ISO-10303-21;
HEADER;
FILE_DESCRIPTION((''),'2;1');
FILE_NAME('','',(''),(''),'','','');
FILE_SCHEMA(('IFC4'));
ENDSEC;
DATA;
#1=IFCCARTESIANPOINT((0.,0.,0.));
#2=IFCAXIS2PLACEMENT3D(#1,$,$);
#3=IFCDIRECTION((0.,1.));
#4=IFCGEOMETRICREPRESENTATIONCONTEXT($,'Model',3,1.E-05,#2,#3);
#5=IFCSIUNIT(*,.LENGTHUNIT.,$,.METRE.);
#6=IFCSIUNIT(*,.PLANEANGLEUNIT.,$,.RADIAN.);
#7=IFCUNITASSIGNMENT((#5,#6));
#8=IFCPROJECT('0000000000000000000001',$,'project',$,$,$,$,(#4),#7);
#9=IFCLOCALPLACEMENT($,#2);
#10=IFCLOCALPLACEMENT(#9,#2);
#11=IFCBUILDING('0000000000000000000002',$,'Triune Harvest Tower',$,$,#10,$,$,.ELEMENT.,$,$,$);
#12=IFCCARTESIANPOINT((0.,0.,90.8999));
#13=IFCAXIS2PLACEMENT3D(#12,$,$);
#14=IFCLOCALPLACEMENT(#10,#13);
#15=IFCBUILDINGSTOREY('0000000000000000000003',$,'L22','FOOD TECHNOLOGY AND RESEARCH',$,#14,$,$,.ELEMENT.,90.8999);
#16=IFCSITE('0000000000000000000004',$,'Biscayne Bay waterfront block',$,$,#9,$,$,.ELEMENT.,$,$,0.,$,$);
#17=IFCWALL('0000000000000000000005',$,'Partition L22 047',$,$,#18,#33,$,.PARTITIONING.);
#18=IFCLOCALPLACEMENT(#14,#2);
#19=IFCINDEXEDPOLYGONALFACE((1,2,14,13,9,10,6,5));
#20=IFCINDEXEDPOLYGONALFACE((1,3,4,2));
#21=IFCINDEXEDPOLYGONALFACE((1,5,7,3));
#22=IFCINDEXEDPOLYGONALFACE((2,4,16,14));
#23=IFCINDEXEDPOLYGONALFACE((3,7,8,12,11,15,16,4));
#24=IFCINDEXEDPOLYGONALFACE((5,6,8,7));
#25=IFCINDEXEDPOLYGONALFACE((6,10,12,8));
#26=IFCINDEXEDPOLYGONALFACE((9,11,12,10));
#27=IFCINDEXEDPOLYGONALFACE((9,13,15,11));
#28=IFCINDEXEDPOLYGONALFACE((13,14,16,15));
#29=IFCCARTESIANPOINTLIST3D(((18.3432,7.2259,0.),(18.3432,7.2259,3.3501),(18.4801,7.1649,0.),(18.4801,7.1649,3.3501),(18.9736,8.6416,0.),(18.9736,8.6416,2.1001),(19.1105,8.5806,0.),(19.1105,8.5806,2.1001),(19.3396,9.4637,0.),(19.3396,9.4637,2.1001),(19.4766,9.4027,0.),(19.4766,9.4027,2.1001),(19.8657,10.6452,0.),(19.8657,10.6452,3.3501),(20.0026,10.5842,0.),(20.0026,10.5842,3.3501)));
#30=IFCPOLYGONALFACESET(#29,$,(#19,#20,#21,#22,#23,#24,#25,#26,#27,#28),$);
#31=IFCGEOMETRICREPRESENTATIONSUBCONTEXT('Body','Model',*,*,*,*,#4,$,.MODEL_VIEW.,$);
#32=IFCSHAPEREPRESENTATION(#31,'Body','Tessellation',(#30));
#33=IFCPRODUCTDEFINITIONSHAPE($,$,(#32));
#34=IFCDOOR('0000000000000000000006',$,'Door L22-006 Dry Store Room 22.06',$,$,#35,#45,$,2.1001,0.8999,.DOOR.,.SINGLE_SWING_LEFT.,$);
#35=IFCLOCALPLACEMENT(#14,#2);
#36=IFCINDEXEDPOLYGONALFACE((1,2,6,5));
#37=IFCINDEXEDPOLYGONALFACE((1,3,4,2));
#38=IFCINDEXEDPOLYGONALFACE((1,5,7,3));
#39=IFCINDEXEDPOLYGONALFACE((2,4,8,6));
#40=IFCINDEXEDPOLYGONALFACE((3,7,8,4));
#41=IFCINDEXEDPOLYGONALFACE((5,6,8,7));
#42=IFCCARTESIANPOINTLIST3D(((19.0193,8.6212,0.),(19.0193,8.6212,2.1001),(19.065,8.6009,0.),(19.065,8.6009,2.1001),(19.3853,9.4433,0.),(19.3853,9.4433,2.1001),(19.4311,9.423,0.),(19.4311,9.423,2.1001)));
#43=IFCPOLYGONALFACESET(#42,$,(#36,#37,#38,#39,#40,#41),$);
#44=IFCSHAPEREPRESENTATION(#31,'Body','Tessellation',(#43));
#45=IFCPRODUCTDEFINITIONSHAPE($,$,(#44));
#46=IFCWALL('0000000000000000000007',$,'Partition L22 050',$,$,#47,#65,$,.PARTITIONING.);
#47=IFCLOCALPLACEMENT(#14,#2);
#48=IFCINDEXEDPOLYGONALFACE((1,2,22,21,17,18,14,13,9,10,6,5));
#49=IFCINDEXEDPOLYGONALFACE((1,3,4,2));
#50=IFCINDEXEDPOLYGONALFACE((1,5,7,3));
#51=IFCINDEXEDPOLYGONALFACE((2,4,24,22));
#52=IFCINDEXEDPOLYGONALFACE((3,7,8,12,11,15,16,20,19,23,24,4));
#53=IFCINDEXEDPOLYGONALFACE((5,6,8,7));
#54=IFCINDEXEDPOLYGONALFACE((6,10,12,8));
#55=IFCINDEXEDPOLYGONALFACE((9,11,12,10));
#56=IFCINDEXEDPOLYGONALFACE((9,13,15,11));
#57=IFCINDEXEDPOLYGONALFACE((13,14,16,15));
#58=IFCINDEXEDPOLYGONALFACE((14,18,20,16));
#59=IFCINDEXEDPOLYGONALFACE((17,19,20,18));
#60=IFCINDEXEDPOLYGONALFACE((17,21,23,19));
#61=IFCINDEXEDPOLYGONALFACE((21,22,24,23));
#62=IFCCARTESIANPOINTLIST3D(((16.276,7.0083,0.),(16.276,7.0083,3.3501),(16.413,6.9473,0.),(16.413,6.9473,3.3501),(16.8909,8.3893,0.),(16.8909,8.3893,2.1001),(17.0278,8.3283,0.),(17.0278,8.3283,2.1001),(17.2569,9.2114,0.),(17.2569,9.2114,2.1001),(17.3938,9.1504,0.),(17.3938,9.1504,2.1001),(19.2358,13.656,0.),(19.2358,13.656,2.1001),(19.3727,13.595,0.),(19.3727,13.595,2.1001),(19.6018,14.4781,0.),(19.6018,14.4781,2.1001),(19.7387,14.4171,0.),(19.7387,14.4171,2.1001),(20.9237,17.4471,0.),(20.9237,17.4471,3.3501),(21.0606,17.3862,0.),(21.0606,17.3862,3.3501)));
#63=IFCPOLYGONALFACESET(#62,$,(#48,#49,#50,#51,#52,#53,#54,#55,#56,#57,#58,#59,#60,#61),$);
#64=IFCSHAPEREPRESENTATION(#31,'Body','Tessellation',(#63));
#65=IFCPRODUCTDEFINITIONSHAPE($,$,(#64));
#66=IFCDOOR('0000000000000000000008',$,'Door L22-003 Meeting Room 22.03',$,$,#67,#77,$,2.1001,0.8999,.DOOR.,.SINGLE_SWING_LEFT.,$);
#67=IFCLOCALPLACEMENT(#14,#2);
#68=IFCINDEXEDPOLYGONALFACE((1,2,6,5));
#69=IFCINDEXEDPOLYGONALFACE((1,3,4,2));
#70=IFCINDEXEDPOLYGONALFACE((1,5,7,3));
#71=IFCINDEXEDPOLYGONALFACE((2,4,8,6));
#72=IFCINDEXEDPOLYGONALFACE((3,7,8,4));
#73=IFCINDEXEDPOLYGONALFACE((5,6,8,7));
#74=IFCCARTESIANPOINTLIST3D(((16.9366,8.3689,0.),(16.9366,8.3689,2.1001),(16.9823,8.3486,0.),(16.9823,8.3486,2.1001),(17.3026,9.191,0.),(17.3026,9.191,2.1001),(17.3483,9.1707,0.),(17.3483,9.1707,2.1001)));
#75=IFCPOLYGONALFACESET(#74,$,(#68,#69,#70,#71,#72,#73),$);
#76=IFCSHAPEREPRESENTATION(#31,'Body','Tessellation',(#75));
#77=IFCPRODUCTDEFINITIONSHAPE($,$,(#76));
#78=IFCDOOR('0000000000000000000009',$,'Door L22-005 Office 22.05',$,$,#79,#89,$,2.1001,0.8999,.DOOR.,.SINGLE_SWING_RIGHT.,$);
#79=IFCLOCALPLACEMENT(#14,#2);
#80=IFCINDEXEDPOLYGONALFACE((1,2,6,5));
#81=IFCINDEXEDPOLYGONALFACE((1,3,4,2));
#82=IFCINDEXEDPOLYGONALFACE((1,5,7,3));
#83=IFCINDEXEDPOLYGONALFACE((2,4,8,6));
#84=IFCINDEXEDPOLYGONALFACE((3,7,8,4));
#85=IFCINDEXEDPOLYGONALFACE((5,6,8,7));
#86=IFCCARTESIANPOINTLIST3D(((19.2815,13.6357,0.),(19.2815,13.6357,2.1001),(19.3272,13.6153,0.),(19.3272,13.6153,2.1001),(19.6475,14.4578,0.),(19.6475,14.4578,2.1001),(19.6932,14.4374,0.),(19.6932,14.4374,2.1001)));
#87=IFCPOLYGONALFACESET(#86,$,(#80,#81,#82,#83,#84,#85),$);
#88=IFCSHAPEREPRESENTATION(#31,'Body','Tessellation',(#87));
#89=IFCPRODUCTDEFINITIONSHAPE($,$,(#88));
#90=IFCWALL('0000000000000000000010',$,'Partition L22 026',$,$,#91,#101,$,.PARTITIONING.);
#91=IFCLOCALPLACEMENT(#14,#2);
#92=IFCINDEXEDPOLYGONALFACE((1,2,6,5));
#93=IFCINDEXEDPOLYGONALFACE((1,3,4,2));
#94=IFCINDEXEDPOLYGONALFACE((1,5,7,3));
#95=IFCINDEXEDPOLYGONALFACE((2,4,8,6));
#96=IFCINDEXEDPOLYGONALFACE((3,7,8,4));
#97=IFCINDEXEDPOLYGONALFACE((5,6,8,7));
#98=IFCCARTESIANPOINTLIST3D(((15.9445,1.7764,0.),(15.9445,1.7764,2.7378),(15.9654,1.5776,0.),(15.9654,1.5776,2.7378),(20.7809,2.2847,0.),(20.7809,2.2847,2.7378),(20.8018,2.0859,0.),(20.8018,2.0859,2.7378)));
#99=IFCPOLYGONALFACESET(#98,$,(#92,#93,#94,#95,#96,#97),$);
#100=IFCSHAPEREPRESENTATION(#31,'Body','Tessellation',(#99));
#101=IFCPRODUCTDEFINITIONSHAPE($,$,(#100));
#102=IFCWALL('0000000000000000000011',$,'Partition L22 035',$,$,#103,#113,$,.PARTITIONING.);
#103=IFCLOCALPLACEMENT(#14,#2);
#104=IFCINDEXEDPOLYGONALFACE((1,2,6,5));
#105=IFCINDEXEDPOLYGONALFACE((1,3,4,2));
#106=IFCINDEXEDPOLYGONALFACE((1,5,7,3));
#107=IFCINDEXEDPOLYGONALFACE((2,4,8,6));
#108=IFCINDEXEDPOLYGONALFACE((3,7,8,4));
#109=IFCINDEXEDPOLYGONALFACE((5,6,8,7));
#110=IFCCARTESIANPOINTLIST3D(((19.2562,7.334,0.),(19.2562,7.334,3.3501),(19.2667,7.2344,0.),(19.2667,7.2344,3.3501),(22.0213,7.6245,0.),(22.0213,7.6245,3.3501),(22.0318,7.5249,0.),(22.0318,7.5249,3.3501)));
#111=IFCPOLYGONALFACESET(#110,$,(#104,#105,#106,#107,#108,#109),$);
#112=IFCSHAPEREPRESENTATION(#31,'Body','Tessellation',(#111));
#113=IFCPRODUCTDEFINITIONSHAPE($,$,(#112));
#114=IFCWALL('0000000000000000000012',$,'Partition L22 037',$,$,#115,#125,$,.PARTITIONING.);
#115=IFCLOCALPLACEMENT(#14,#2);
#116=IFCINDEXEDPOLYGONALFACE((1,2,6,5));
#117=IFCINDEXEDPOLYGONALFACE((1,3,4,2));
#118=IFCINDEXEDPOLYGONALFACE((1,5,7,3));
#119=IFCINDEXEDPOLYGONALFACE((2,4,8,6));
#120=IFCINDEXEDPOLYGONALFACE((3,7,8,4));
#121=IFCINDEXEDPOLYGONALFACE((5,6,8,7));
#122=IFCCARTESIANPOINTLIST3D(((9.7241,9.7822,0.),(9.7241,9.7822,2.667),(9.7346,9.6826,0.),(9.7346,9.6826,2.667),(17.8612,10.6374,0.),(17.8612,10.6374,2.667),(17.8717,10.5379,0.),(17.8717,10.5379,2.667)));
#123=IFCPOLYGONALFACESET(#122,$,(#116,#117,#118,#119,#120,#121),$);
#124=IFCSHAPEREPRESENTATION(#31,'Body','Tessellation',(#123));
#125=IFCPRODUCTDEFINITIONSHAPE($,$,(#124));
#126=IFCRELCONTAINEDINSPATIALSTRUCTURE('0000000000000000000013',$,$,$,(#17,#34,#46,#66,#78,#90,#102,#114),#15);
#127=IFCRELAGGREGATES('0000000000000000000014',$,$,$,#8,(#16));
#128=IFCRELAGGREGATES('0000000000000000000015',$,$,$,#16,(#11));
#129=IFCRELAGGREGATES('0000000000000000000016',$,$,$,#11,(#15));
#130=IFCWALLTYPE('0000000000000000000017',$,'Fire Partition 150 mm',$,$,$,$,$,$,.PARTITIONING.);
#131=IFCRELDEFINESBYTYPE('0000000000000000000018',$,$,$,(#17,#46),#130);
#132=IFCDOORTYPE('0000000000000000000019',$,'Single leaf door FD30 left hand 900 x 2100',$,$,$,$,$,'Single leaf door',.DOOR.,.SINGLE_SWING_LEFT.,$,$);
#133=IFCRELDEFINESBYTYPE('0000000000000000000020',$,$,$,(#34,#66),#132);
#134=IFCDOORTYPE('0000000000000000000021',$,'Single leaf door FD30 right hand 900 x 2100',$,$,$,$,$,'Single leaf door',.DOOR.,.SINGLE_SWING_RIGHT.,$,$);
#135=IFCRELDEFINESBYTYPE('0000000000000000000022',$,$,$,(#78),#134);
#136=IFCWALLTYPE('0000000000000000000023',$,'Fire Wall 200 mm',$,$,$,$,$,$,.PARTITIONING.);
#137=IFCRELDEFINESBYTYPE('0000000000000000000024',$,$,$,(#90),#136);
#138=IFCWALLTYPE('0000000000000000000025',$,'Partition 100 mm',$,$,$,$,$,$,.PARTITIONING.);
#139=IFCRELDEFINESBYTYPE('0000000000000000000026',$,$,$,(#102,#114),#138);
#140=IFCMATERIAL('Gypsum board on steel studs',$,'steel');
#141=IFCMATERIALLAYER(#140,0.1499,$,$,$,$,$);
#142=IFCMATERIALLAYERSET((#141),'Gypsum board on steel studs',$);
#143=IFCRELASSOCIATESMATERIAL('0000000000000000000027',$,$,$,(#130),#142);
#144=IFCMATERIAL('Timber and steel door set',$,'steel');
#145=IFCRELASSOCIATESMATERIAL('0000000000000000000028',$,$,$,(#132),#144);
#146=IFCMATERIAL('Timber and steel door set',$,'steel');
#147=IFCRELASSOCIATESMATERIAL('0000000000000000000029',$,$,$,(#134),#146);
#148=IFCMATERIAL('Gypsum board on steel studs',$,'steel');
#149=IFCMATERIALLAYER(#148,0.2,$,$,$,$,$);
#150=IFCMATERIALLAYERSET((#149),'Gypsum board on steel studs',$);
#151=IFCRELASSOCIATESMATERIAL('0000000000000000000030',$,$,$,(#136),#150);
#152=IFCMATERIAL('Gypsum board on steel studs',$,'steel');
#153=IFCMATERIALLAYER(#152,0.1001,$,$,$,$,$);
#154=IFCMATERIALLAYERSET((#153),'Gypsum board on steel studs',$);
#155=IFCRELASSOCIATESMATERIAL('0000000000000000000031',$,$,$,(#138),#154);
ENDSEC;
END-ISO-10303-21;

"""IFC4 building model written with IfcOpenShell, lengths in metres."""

from ifc_helpers import new_model, si_unit, direction, frame, frame_2d, origin, place, context, subcontext, project, spatial, rectangle, extrude, material, layer, layer_set, type_object, element, fill, save


model = new_model("IFC4")

# Units and contexts
model_context = context("Model", 3, precision=1e-05, world=origin(), true_north=direction((0.0, 1.0)))
body_context = subcontext(model_context, "Body", "Model", "MODEL_VIEW")
ifc_project = project(units=[si_unit("LENGTHUNIT", "METRE"), si_unit("PLANEANGLEUNIT", "RADIAN")], contexts=[model_context])

# Site, building, storey
site_placement = place(None, origin())
site = spatial("IfcSite", under=ifc_project, at=site_placement, Name="Biscayne Bay waterfront block", CompositionType="ELEMENT", RefElevation=0.0)
building_placement = place(site_placement, origin())
building = spatial("IfcBuilding", under=site, at=building_placement, Name="Triune Harvest Tower", CompositionType="ELEMENT")
storey_placement = place(building_placement, frame((0.0, 0.0, 90.8999)))
storey = spatial("IfcBuildingStorey", under=building, at=storey_placement, Name="L22", Description="FOOD TECHNOLOGY AND RESEARCH", CompositionType="ELEMENT", Elevation=90.8999)

# Shared definitions
ifc_material_1 = material(Name="Gypsum board on steel studs", Category="steel")
ifc_layer_1 = layer(ifc_material_1, 0.1499)
ifc_layer_set_1 = layer_set([ifc_layer_1], Name="Gypsum board on steel studs")
wall_type_1 = type_object("IfcWallType", Name="Fire Partition 150 mm", PredefinedType="PARTITIONING", material=ifc_layer_set_1)

# Wall, opening, door
ifc_material_2 = material(Name="Timber and steel door set", Category="steel")
door_type_1 = type_object("IfcDoorType", Name="Single leaf door FD30 left hand 900 x 2100", ElementType="Single leaf door", OperationType="SINGLE_SWING_LEFT", PredefinedType="DOOR", material=ifc_material_2)
wall_1_placement = place(storey_placement, frame((18.4116, 7.1953, 0.0), z_axis=(0.0, 0.0, 1.0), x_axis=(0.406768, 0.913532, 0.0)))
wall_1 = element("IfcWall", 1, at=wall_1_placement, inside=storey, type_object=wall_type_1, Name="Partition L22 047", PredefinedType="PARTITIONING", context=body_context, shape_type="SweptSolid", body=[
    extrude(rectangle(XDim=3.7429, YDim=0.1499, at=frame_2d((1.8716, 0.0))), origin(), (0.0, 0.0, 1.0), 3.3501),
])
opening_1_placement = place(wall_1_placement, frame((1.5498, 0.0, 0.0)))
opening_1 = element("IfcOpeningElement", 2, at=opening_1_placement, cuts=wall_1, PredefinedType="OPENING", context=body_context, shape_type="SweptSolid", body=[
    extrude(rectangle(XDim=0.8999, YDim=2.1001, at=frame_2d((0.45, 1.05))), frame((0.0, 0.085, 0.0), z_axis=(0.0, -1.0, 0.0), x_axis=(1.0, 0.0, 0.0)), (0.0, 0.0, 1.0), 0.1699),
])
door_1_placement = place(opening_1_placement, origin())
door_1 = element("IfcDoor", 3, at=door_1_placement, inside=storey, type_object=door_type_1, Name="Door L22-006 Dry Store Room 22.06", OperationType="SINGLE_SWING_LEFT", OverallHeight=2.1001, OverallWidth=0.8999, PredefinedType="DOOR", context=body_context, shape_type="SweptSolid", body=[
    extrude(rectangle(XDim=0.8999, YDim=2.1001, at=frame_2d((0.45, 1.05))), frame((0.0, 0.0249, 0.0), z_axis=(0.0, -1.0, 0.0), x_axis=(1.0, 0.0, 0.0)), (0.0, 0.0, 1.0), 0.05),
])
fill(opening_1, door_1)

# Wall, openings, doors
wall_2_placement = place(storey_placement, frame((16.3445, 6.9778, 0.0), z_axis=(0.0, 0.0, 1.0), x_axis=(0.406735, 0.913546, 0.0)))
wall_2 = element("IfcWall", 4, at=wall_2_placement, inside=storey, type_object=wall_type_1, Name="Partition L22 050", PredefinedType="PARTITIONING", context=body_context, shape_type="SweptSolid", body=[
    extrude(rectangle(XDim=11.4268, YDim=0.1499, at=frame_2d((5.7134, 0.0))), origin(), (0.0, 0.0, 1.0), 3.3501),
])
opening_2_placement = place(wall_2_placement, frame((1.5117, 0.0, 0.0)))
opening_2 = element("IfcOpeningElement", 5, at=opening_2_placement, cuts=wall_2, PredefinedType="OPENING", context=body_context, shape_type="SweptSolid", body=[
    extrude(rectangle(XDim=0.8999, YDim=2.1001, at=frame_2d((0.45, 1.05))), frame((0.0, 0.085, 0.0), z_axis=(0.0, -1.0, 0.0), x_axis=(1.0, 0.0, 0.0)), (0.0, 0.0, 1.0), 0.1699),
])
opening_3_placement = place(wall_2_placement, frame((7.2769, 0.0, 0.0)))
opening_3 = element("IfcOpeningElement", 6, at=opening_3_placement, cuts=wall_2, PredefinedType="OPENING", context=body_context, shape_type="SweptSolid", body=[
    extrude(rectangle(XDim=0.8999, YDim=2.1001, at=frame_2d((0.45, 1.05))), frame((0.0, 0.085, 0.0), z_axis=(0.0, -1.0, 0.0), x_axis=(1.0, 0.0, 0.0)), (0.0, 0.0, 1.0), 0.1699),
])
door_2_placement = place(opening_2_placement, origin())
door_2 = element("IfcDoor", 7, at=door_2_placement, inside=storey, type_object=door_type_1, Name="Door L22-003 Meeting Room 22.03", OperationType="SINGLE_SWING_LEFT", OverallHeight=2.1001, OverallWidth=0.8999, PredefinedType="DOOR", context=body_context, shape_type="SweptSolid", body=[
    extrude(rectangle(XDim=0.8999, YDim=2.1001, at=frame_2d((0.45, 1.05))), frame((0.0, 0.0249, 0.0), z_axis=(0.0, -1.0, 0.0), x_axis=(1.0, 0.0, 0.0)), (0.0, 0.0, 1.0), 0.05),
])
fill(opening_2, door_2)
ifc_material_3 = material(Name="Timber and steel door set", Category="steel")
door_type_2 = type_object("IfcDoorType", Name="Single leaf door FD30 right hand 900 x 2100", ElementType="Single leaf door", OperationType="SINGLE_SWING_RIGHT", PredefinedType="DOOR", material=ifc_material_3)
door_3_placement = place(opening_3_placement, origin())
door_3 = element("IfcDoor", 8, at=door_3_placement, inside=storey, type_object=door_type_2, Name="Door L22-005 Office 22.05", OperationType="SINGLE_SWING_RIGHT", OverallHeight=2.1001, OverallWidth=0.8999, PredefinedType="DOOR", context=body_context, shape_type="SweptSolid", body=[
    extrude(rectangle(XDim=0.8999, YDim=2.1001, at=frame_2d((0.45, 1.05))), frame((0.0, 0.0249, 0.0), z_axis=(0.0, -1.0, 0.0), x_axis=(1.0, 0.0, 0.0)), (0.0, 0.0, 1.0), 0.05),
])
fill(opening_3, door_3)

# Walls
ifc_material_4 = material(Name="Gypsum board on steel studs", Category="steel")
ifc_layer_2 = layer(ifc_material_4, 0.2)
ifc_layer_set_2 = layer_set([ifc_layer_2], Name="Gypsum board on steel studs")
wall_type_2 = type_object("IfcWallType", Name="Fire Wall 200 mm", PredefinedType="PARTITIONING", material=ifc_layer_set_2)
wall_3_placement = place(storey_placement, frame((15.9548, 1.677, 0.0), z_axis=(0.0, 0.0, 1.0), x_axis=(0.994522, 0.104523, 0.0)))
element("IfcWall", 9, at=wall_3_placement, inside=storey, type_object=wall_type_2, Name="Partition L22 026", PredefinedType="PARTITIONING", context=body_context, shape_type="SweptSolid", body=[
    extrude(rectangle(XDim=4.863, YDim=0.2, at=frame_2d((2.4316, 0.0))), origin(), (0.0, 0.0, 1.0), 2.7378),
])
ifc_material_5 = material(Name="Gypsum board on steel studs", Category="steel")
ifc_layer_3 = layer(ifc_material_5, 0.1001)
ifc_layer_set_3 = layer_set([ifc_layer_3], Name="Gypsum board on steel studs")
wall_type_3 = type_object("IfcWallType", Name="Partition 100 mm", PredefinedType="PARTITIONING", material=ifc_layer_set_3)
wall_4_placement = place(storey_placement, frame((19.2615, 7.2842, 0.0), z_axis=(0.0, 0.0, 1.0), x_axis=(0.994526, 0.104493, 0.0)))
element("IfcWall", 10, at=wall_4_placement, inside=storey, type_object=wall_type_3, Name="Partition L22 035", PredefinedType="PARTITIONING", context=body_context, shape_type="SweptSolid", body=[
    extrude(rectangle(XDim=2.7803, YDim=0.1001, at=frame_2d((1.3901, 0.0))), origin(), (0.0, 0.0, 1.0), 3.3501),
])
wall_5_placement = place(storey_placement, frame((9.7295, 9.7324, 0.0), z_axis=(0.0, 0.0, 1.0), x_axis=(0.994522, 0.104528, 0.0)))
element("IfcWall", 11, at=wall_5_placement, inside=storey, type_object=wall_type_3, Name="Partition L22 037", PredefinedType="PARTITIONING", context=body_context, shape_type="SweptSolid", body=[
    extrude(rectangle(XDim=8.1819, YDim=0.1001, at=frame_2d((4.0908, 0.0))), origin(), (0.0, 0.0, 1.0), 2.667),
])

save(model, "model.ifc")
